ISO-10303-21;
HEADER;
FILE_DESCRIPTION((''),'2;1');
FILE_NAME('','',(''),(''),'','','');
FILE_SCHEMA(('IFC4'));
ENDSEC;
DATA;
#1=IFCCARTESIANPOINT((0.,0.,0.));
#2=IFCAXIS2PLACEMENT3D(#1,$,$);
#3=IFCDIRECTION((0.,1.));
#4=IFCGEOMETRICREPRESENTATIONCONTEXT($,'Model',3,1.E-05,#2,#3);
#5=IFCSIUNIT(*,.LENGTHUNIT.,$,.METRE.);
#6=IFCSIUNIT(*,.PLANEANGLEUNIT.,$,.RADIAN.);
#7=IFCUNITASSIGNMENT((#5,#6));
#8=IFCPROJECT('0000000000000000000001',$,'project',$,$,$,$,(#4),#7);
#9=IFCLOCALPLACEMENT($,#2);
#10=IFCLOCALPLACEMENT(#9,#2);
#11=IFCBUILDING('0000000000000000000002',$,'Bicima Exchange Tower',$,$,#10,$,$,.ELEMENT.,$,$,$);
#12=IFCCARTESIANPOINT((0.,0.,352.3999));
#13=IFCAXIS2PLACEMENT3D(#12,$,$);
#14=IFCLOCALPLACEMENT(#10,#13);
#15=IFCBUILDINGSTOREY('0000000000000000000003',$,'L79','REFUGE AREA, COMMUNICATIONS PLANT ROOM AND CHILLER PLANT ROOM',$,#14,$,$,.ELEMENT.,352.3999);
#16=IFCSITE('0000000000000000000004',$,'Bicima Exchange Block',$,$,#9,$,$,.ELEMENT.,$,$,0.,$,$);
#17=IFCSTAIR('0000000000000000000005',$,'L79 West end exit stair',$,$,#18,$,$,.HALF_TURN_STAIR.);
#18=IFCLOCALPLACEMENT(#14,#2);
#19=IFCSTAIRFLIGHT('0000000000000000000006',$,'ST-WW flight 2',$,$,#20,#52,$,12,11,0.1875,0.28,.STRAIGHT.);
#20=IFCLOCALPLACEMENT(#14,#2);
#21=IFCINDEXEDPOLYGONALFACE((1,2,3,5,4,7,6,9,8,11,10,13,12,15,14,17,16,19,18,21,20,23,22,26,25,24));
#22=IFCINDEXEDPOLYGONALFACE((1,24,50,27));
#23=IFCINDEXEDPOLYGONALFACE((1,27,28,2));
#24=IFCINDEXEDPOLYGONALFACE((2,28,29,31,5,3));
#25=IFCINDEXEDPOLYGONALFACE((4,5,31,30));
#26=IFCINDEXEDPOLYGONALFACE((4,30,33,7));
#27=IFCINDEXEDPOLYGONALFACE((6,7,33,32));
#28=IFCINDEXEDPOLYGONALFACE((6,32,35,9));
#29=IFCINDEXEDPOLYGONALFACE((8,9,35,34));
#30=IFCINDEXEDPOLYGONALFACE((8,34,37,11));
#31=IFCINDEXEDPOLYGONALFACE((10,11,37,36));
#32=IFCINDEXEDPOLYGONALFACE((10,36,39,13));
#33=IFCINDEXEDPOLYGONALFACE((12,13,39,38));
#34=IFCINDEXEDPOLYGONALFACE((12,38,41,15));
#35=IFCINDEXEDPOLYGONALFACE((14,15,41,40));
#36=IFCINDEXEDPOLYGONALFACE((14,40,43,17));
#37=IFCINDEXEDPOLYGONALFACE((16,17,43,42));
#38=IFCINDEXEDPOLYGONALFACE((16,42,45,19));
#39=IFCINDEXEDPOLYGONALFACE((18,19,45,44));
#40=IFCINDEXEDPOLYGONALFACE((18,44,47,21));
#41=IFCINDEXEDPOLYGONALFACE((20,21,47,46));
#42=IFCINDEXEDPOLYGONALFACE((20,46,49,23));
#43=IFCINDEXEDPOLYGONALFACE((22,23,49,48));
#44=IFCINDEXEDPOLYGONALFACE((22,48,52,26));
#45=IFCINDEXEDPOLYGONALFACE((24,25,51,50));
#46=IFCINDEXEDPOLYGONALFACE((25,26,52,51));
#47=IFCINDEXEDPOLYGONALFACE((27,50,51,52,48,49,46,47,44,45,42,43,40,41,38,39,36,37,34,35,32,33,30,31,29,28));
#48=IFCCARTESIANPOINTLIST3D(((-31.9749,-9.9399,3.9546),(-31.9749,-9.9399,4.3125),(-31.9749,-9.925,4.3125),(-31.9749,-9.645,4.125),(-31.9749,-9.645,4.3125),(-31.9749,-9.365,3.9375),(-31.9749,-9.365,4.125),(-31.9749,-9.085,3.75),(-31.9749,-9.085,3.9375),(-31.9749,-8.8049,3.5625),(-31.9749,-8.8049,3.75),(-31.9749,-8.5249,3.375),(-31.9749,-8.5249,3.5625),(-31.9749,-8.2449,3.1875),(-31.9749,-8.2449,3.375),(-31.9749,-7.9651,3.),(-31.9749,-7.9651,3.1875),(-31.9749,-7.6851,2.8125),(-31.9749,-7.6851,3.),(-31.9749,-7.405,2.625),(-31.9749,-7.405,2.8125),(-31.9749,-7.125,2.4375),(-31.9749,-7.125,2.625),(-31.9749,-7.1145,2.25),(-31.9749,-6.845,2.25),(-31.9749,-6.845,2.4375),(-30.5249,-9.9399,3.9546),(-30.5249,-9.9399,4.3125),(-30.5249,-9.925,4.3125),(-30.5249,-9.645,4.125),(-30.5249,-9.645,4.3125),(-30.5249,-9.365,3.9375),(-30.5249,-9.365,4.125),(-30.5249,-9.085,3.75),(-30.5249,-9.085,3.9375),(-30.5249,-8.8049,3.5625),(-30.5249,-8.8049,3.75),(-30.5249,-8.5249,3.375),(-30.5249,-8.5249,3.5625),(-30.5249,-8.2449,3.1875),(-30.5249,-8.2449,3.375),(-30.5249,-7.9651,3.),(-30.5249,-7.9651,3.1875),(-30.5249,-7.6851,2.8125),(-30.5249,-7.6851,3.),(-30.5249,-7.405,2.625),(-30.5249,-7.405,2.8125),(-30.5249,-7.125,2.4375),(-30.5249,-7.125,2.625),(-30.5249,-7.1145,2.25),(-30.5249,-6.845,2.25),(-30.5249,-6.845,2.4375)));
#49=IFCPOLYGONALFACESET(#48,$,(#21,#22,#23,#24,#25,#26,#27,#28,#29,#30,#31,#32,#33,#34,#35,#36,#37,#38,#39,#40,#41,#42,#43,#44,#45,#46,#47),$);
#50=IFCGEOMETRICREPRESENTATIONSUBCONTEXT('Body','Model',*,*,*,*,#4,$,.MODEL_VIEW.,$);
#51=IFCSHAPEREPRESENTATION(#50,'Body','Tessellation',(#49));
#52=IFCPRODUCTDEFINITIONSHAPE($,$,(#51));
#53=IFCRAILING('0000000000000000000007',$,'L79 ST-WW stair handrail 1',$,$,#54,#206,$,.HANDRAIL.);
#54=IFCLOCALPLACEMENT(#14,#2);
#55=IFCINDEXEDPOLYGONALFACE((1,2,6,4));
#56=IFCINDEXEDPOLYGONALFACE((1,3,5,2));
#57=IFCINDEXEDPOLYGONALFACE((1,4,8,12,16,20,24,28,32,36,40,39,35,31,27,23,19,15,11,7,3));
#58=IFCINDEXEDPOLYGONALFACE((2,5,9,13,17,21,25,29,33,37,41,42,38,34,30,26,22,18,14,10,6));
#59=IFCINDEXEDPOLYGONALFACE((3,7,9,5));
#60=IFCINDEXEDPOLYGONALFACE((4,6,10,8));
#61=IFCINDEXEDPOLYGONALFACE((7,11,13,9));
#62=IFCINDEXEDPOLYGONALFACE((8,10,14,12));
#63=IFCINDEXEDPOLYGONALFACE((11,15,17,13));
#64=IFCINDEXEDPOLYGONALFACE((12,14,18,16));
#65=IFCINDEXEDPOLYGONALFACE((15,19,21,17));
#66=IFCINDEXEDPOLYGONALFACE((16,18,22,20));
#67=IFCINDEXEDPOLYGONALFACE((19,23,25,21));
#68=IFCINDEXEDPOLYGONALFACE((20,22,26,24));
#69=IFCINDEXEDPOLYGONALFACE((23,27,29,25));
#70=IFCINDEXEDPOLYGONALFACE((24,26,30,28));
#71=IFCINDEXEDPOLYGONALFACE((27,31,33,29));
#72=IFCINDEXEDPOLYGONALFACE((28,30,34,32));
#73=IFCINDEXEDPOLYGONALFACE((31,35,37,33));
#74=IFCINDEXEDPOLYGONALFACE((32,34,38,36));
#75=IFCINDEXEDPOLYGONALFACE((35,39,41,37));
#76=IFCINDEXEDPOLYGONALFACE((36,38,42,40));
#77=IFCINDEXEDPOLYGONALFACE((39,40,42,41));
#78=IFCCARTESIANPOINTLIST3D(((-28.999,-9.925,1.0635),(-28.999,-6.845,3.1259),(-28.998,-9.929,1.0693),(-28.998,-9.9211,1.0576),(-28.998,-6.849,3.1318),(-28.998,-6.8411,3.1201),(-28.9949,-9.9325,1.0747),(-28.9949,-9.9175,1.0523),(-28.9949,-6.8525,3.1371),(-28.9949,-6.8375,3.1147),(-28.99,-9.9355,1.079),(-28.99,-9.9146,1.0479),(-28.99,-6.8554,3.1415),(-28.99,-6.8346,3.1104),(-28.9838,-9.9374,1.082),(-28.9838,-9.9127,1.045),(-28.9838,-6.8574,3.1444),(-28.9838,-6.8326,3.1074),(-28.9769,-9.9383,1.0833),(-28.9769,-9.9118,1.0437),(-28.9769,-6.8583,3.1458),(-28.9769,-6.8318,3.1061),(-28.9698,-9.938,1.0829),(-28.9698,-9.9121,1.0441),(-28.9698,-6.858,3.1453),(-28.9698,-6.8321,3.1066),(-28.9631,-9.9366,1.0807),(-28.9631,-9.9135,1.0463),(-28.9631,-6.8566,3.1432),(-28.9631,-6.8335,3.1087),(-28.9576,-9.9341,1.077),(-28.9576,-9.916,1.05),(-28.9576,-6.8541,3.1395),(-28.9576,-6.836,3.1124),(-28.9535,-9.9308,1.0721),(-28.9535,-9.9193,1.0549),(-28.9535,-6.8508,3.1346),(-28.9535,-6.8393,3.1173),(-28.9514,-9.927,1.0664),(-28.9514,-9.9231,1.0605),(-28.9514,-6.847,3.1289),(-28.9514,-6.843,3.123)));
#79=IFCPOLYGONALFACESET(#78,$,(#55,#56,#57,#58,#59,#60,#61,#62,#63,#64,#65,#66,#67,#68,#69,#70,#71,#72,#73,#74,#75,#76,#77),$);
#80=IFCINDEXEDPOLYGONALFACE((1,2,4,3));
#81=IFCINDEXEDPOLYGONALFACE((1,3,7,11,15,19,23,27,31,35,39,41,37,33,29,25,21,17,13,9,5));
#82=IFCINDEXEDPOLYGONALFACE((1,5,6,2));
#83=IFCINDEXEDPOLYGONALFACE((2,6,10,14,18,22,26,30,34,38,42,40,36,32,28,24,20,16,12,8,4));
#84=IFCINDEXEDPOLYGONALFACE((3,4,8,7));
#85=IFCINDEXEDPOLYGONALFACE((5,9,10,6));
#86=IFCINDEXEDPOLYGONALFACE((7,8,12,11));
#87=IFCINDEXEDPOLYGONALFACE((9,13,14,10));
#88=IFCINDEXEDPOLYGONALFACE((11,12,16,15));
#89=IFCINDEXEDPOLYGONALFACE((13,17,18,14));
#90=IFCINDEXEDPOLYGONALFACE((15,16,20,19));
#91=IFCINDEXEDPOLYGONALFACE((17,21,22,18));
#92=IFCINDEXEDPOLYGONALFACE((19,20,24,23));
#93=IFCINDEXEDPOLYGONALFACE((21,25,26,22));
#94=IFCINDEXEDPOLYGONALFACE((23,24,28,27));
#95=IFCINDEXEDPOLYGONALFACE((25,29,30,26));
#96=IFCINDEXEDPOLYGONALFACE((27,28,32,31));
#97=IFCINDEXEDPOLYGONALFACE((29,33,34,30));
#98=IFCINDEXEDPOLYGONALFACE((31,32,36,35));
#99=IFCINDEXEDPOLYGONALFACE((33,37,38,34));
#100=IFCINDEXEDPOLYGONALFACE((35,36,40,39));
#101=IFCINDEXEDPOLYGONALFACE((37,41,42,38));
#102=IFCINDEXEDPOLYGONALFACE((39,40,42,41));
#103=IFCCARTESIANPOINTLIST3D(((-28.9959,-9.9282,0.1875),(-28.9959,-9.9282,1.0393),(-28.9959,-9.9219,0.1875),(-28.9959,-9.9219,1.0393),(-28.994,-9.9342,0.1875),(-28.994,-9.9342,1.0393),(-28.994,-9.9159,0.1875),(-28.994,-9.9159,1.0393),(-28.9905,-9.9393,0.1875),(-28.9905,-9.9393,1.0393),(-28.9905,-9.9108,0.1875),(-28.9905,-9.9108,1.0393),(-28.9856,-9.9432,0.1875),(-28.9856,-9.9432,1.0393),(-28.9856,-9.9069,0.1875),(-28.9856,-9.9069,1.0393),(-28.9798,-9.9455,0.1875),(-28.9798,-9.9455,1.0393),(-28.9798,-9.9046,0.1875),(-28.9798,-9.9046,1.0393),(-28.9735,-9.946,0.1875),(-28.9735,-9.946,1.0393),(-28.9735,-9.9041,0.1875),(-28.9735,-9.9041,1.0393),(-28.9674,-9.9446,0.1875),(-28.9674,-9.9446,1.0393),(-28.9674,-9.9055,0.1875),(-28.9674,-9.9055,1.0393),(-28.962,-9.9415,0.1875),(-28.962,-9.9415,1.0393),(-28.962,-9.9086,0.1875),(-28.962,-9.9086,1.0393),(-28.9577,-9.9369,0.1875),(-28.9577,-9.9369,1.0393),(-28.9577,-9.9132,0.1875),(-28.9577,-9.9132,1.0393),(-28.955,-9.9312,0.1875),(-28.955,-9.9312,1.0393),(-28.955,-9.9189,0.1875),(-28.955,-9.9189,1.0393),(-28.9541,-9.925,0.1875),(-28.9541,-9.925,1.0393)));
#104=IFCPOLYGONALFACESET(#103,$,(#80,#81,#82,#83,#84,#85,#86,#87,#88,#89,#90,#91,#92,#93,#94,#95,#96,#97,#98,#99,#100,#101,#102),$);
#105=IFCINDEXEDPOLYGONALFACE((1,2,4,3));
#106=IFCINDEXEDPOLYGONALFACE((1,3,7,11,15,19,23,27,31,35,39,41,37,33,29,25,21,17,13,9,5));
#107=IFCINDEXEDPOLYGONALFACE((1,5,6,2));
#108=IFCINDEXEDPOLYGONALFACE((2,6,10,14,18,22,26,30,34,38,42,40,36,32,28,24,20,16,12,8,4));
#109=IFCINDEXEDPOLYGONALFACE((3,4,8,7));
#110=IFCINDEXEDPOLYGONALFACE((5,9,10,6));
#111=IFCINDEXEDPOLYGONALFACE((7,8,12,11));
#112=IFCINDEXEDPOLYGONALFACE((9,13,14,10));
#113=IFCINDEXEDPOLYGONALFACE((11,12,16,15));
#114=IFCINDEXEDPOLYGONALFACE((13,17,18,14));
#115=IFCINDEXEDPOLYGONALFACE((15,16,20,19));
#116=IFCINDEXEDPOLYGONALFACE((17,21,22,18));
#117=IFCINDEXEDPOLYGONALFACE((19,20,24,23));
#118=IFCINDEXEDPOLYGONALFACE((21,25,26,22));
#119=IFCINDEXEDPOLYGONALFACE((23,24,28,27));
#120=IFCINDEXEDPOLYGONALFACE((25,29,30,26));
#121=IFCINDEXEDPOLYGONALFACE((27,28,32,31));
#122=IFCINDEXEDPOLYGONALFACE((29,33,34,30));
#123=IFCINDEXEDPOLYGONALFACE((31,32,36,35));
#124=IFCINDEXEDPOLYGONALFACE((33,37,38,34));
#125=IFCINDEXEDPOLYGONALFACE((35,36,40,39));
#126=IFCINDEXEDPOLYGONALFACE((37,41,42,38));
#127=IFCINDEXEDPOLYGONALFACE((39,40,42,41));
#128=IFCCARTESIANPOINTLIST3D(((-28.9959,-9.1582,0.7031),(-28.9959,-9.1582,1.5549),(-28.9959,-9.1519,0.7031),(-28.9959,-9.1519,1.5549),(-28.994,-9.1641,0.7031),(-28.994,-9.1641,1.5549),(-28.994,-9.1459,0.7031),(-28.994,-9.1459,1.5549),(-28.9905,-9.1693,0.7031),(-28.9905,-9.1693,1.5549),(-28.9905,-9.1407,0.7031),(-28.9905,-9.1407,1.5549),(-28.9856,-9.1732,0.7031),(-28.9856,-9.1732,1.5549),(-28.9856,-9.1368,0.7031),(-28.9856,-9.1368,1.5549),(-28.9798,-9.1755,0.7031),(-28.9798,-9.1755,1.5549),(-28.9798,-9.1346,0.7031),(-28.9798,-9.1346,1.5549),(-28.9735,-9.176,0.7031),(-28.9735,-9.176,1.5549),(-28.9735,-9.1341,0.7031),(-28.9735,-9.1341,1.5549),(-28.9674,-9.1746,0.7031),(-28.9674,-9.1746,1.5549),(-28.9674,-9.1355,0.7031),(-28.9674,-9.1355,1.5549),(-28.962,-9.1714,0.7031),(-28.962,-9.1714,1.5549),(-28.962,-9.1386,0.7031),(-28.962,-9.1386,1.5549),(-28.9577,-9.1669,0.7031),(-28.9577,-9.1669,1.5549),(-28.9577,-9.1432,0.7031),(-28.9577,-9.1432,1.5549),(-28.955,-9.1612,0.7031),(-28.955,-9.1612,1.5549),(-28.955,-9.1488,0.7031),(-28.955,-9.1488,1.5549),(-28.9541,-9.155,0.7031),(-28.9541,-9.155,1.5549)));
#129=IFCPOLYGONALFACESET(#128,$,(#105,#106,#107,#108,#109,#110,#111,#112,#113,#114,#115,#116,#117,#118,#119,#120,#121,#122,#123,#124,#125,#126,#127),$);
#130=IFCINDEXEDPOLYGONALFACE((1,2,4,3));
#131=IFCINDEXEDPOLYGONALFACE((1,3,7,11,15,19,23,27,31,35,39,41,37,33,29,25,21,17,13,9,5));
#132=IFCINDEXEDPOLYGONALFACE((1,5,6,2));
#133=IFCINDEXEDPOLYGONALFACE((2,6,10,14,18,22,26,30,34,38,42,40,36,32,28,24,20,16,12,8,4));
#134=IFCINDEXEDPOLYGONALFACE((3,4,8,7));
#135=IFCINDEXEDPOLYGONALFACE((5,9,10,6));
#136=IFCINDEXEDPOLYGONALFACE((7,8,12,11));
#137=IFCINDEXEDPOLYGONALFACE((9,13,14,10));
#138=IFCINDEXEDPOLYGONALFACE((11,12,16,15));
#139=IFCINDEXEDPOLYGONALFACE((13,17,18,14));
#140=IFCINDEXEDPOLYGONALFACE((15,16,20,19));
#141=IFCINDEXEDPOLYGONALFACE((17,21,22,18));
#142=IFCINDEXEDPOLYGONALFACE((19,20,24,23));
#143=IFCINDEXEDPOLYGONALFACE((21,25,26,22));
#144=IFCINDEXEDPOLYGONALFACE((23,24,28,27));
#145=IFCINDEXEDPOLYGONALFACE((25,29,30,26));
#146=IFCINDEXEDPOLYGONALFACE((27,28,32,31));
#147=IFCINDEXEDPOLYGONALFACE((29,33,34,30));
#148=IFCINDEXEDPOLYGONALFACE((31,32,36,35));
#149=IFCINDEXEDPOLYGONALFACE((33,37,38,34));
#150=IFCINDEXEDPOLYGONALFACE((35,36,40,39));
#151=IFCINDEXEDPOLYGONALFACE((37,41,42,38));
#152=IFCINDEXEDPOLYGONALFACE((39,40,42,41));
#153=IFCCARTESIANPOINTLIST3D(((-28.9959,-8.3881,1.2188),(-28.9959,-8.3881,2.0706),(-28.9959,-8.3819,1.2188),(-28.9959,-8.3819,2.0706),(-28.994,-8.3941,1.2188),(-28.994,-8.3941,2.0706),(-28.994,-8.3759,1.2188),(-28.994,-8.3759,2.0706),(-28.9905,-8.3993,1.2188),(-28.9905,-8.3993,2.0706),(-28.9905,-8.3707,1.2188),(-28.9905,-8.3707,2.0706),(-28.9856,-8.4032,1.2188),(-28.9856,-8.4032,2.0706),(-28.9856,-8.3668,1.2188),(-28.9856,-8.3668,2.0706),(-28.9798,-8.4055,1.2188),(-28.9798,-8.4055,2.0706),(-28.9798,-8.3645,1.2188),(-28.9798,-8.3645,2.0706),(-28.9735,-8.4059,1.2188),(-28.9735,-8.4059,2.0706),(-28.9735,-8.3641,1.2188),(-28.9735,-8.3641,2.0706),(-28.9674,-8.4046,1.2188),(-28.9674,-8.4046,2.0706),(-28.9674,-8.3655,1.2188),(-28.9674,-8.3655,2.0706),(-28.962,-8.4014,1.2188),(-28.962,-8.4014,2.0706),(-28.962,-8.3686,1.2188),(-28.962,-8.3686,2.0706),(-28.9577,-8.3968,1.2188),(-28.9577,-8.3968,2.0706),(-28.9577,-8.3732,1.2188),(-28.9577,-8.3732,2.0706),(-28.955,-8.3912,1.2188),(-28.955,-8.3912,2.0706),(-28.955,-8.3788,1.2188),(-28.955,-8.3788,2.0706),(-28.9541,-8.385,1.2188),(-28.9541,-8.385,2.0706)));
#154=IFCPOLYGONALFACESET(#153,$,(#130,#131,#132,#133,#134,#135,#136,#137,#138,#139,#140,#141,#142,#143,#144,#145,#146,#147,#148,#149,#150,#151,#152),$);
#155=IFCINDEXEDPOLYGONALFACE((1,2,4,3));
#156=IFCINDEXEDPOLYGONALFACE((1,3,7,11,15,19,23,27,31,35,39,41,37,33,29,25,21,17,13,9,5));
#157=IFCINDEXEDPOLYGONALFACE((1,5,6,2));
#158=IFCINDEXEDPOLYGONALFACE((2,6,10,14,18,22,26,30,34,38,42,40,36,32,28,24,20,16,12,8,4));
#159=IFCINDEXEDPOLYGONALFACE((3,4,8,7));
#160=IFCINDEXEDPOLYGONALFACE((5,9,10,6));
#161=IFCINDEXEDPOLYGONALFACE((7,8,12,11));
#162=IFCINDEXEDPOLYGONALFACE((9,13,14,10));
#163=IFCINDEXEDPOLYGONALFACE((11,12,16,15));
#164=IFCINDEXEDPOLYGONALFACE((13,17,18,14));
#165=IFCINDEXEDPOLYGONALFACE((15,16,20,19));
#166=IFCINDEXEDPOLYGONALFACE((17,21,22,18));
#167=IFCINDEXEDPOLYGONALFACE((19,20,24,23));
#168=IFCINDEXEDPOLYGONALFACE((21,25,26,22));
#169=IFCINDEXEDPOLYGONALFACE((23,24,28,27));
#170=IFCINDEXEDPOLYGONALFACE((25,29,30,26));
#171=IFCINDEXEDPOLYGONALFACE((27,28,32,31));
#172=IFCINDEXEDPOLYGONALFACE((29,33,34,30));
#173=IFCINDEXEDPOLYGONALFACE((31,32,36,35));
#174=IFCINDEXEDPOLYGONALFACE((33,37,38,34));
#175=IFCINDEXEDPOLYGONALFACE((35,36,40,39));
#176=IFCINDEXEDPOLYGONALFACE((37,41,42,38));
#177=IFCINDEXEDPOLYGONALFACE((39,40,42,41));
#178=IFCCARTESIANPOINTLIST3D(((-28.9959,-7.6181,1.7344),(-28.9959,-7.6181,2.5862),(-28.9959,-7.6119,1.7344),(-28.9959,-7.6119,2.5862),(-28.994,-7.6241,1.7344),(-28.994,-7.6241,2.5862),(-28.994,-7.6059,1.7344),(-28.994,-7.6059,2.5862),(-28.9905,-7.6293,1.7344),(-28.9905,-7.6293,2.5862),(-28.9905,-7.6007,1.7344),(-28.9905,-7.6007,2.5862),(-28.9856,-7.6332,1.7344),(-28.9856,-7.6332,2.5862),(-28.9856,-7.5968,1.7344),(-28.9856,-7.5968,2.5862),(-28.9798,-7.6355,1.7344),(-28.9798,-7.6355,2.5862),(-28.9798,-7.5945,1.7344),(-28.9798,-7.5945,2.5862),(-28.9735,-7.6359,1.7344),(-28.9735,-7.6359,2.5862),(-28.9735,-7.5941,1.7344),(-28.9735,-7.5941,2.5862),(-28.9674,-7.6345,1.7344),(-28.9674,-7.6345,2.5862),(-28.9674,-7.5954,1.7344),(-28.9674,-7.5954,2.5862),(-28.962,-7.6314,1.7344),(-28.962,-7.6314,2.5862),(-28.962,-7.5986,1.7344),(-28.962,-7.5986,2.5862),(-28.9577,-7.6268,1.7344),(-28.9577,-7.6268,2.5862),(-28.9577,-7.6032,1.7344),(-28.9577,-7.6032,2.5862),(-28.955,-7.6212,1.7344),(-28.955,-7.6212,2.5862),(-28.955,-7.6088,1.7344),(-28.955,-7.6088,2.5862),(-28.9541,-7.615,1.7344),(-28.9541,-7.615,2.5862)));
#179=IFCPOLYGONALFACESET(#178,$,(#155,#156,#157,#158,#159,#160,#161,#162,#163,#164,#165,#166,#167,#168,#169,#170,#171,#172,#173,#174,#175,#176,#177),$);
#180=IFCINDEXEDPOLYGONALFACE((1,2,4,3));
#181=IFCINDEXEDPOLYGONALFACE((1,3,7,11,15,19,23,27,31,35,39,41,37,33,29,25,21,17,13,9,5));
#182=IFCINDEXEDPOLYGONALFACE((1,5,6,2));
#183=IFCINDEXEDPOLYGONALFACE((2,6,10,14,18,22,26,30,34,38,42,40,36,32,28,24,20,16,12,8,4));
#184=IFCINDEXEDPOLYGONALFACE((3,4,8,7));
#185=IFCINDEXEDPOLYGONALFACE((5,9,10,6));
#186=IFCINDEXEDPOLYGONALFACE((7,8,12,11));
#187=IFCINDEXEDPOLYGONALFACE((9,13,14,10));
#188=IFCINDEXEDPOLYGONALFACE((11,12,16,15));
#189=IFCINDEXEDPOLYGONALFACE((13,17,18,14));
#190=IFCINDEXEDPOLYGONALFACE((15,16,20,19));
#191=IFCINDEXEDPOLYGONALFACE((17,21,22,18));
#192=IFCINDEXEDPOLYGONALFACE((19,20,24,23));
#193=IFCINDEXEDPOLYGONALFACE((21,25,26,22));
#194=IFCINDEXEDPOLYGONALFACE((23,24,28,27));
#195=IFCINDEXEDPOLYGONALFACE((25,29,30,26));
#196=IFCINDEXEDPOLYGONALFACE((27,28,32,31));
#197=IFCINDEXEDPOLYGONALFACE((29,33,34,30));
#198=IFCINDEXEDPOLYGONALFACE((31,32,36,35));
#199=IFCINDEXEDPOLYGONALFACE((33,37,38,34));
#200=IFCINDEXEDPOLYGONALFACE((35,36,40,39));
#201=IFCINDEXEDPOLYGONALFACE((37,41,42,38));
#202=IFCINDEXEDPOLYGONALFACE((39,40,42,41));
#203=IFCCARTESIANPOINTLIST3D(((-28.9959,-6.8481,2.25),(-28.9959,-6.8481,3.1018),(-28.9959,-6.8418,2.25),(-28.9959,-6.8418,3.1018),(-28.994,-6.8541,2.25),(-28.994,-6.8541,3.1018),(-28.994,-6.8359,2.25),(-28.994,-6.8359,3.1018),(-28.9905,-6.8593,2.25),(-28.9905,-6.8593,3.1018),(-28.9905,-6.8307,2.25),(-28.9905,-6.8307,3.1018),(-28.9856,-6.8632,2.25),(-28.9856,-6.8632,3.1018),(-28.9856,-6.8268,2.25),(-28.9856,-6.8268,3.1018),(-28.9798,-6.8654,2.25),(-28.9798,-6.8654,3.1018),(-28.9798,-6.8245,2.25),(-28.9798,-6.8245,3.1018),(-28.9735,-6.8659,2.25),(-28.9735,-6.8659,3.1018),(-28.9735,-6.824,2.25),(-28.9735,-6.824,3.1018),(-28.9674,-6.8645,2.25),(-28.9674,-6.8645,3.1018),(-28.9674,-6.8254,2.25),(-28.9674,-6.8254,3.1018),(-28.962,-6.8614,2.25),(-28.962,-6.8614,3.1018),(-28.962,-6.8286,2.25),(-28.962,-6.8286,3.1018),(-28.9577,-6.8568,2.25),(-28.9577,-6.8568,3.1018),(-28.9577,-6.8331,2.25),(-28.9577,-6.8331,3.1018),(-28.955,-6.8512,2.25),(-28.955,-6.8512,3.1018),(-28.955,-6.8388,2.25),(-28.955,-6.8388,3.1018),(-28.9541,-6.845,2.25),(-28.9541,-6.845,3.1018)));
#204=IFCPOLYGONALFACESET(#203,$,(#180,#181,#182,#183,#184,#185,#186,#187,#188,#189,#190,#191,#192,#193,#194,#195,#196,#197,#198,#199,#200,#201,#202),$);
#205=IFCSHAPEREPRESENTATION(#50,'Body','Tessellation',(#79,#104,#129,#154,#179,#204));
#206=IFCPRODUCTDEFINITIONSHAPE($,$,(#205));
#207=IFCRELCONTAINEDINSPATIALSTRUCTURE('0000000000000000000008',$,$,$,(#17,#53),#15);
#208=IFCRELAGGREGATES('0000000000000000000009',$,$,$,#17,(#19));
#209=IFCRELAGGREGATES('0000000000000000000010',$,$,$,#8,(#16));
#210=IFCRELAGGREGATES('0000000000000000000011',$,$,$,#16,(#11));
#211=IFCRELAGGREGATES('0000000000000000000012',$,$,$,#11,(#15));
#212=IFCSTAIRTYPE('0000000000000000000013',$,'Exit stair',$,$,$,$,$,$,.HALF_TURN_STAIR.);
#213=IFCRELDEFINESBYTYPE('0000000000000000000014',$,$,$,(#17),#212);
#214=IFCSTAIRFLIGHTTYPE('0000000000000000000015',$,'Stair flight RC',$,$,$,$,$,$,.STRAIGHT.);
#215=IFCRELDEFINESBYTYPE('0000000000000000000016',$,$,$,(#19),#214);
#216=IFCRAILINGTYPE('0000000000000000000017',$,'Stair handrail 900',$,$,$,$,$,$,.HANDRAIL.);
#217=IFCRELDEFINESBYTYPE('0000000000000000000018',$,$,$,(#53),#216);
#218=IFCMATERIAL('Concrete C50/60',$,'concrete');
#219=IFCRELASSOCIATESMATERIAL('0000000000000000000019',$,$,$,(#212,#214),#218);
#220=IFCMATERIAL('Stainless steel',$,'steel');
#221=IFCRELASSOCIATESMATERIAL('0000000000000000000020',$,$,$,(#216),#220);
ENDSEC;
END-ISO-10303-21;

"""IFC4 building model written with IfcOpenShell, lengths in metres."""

from ifc_helpers import new_model, si_unit, direction, frame, origin, origin_2d, place, context, subcontext, project, spatial, polyline, circle, outline, extrude, material, type_object, element, aggregate, save


model = new_model("IFC4")

# Units and contexts
model_context = context("Model", 3, precision=1e-05, world=origin(), true_north=direction((0.0, 1.0)))
body_context = subcontext(model_context, "Body", "Model", "MODEL_VIEW")
ifc_project = project(units=[si_unit("LENGTHUNIT", "METRE"), si_unit("PLANEANGLEUNIT", "RADIAN")], contexts=[model_context])

# Site, building, storey
site_placement = place(None, origin())
site = spatial("IfcSite", under=ifc_project, at=site_placement, Name="Bicima Exchange Block", CompositionType="ELEMENT", RefElevation=0.0)
building_placement = place(site_placement, origin())
building = spatial("IfcBuilding", under=site, at=building_placement, Name="Bicima Exchange Tower", CompositionType="ELEMENT")
storey_placement = place(building_placement, frame((0.0, 0.0, 352.3999)))
storey = spatial("IfcBuildingStorey", under=building, at=storey_placement, Name="L79", Description="REFUGE AREA, COMMUNICATIONS PLANT ROOM AND CHILLER PLANT ROOM", CompositionType="ELEMENT", Elevation=352.3999)

# Shared definitions
ifc_material_1 = material(Name="Concrete C50/60", Category="concrete")

# Stair, stair flight
stair_type = type_object("IfcStairType", Name="Exit stair", PredefinedType="HALF_TURN_STAIR", material=ifc_material_1)
stair_placement = place(storey_placement, origin())
stair = element("IfcStair", 1, at=stair_placement, inside=storey, type_object=stair_type, Name="L79 West end exit stair", PredefinedType="HALF_TURN_STAIR")
stair_flight_type = type_object("IfcStairFlightType", Name="Stair flight RC", PredefinedType="STRAIGHT", material=ifc_material_1)
stair_flight_1_placement = place(storey_placement, frame((-31.25, -6.845, 2.25), z_axis=(0.0, 0.0, 1.0), x_axis=(0.0, -1.0, 0.0)))
stair_flight_1 = element("IfcStairFlight", 2, at=stair_flight_1_placement, type_object=stair_flight_type, Name="ST-WW flight 2", NumberOfRisers=12, NumberOfTreads=11, PredefinedType="STRAIGHT", RiserHeight=0.1875, TreadLength=0.28, context=body_context, shape_type="SweptSolid", body=[
    extrude(outline(polyline([(0.0, 0.0), (0.0, 0.1875), (0.28, 0.1875), (0.28, 0.375), (0.5601, 0.375), (0.5601, 0.5625), (0.8401, 0.5625), (0.8401, 0.75), (1.1201, 0.75), (1.1201, 0.9375), (1.3999, 0.9375), (1.3999, 1.125), (1.6799, 1.125), (1.6799, 1.3125), (1.96, 1.3125), (1.96, 1.5), (2.24, 1.5), (2.24, 1.6875), (2.52, 1.6875), (2.52, 1.875), (2.8, 1.875), (2.8, 2.0625), (3.0801, 2.0625), (3.095, 2.0625), (3.095, 1.7046), (0.2695, 0.0), (0.0, 0.0)])), frame((0.0, 0.7251, 0.0), z_axis=(0.0, -1.0, 0.0), x_axis=(1.0, 0.0, 0.0)), (0.0, 0.0, 1.0), 1.45),
])
aggregate(stair, [stair_flight_1])

# Railing
ifc_material_2 = material(Name="Stainless steel", Category="steel")
railing_type = type_object("IfcRailingType", Name="Stair handrail 900", PredefinedType="HANDRAIL", material=ifc_material_2)
railing_1_placement = place(storey_placement, frame((-28.9751, -9.925, 0.1875)))
element("IfcRailing", 3, at=railing_1_placement, inside=storey, type_object=railing_type, Name="L79 ST-WW stair handrail 1", PredefinedType="HANDRAIL", context=body_context, shape_type="SweptSolid", body=[
    extrude(circle(Radius=0.0239, at=origin_2d()), frame((0.0, 0.0, 0.876), z_axis=(0.0, 0.830914, 0.556401), x_axis=(-1.0, 0.0, 0.0)), (0.0, 0.0, 1.0), 3.7068),
    extrude(circle(Radius=0.021, at=origin_2d()), origin(), (0.0, 0.0, 1.0), 0.8518),
    extrude(circle(Radius=0.021, at=origin_2d()), frame((0.0, 0.77, 0.5156)), (0.0, 0.0, 1.0), 0.8518),
    extrude(circle(Radius=0.021, at=origin_2d()), frame((0.0, 1.54, 1.0312)), (0.0, 0.0, 1.0), 0.8518),
    extrude(circle(Radius=0.021, at=origin_2d()), frame((0.0, 2.3101, 1.5469)), (0.0, 0.0, 1.0), 0.8518),
    extrude(circle(Radius=0.021, at=origin_2d()), frame((0.0, 3.0801, 2.0625)), (0.0, 0.0, 1.0), 0.8518),
])

save(model, "model.ifc")
